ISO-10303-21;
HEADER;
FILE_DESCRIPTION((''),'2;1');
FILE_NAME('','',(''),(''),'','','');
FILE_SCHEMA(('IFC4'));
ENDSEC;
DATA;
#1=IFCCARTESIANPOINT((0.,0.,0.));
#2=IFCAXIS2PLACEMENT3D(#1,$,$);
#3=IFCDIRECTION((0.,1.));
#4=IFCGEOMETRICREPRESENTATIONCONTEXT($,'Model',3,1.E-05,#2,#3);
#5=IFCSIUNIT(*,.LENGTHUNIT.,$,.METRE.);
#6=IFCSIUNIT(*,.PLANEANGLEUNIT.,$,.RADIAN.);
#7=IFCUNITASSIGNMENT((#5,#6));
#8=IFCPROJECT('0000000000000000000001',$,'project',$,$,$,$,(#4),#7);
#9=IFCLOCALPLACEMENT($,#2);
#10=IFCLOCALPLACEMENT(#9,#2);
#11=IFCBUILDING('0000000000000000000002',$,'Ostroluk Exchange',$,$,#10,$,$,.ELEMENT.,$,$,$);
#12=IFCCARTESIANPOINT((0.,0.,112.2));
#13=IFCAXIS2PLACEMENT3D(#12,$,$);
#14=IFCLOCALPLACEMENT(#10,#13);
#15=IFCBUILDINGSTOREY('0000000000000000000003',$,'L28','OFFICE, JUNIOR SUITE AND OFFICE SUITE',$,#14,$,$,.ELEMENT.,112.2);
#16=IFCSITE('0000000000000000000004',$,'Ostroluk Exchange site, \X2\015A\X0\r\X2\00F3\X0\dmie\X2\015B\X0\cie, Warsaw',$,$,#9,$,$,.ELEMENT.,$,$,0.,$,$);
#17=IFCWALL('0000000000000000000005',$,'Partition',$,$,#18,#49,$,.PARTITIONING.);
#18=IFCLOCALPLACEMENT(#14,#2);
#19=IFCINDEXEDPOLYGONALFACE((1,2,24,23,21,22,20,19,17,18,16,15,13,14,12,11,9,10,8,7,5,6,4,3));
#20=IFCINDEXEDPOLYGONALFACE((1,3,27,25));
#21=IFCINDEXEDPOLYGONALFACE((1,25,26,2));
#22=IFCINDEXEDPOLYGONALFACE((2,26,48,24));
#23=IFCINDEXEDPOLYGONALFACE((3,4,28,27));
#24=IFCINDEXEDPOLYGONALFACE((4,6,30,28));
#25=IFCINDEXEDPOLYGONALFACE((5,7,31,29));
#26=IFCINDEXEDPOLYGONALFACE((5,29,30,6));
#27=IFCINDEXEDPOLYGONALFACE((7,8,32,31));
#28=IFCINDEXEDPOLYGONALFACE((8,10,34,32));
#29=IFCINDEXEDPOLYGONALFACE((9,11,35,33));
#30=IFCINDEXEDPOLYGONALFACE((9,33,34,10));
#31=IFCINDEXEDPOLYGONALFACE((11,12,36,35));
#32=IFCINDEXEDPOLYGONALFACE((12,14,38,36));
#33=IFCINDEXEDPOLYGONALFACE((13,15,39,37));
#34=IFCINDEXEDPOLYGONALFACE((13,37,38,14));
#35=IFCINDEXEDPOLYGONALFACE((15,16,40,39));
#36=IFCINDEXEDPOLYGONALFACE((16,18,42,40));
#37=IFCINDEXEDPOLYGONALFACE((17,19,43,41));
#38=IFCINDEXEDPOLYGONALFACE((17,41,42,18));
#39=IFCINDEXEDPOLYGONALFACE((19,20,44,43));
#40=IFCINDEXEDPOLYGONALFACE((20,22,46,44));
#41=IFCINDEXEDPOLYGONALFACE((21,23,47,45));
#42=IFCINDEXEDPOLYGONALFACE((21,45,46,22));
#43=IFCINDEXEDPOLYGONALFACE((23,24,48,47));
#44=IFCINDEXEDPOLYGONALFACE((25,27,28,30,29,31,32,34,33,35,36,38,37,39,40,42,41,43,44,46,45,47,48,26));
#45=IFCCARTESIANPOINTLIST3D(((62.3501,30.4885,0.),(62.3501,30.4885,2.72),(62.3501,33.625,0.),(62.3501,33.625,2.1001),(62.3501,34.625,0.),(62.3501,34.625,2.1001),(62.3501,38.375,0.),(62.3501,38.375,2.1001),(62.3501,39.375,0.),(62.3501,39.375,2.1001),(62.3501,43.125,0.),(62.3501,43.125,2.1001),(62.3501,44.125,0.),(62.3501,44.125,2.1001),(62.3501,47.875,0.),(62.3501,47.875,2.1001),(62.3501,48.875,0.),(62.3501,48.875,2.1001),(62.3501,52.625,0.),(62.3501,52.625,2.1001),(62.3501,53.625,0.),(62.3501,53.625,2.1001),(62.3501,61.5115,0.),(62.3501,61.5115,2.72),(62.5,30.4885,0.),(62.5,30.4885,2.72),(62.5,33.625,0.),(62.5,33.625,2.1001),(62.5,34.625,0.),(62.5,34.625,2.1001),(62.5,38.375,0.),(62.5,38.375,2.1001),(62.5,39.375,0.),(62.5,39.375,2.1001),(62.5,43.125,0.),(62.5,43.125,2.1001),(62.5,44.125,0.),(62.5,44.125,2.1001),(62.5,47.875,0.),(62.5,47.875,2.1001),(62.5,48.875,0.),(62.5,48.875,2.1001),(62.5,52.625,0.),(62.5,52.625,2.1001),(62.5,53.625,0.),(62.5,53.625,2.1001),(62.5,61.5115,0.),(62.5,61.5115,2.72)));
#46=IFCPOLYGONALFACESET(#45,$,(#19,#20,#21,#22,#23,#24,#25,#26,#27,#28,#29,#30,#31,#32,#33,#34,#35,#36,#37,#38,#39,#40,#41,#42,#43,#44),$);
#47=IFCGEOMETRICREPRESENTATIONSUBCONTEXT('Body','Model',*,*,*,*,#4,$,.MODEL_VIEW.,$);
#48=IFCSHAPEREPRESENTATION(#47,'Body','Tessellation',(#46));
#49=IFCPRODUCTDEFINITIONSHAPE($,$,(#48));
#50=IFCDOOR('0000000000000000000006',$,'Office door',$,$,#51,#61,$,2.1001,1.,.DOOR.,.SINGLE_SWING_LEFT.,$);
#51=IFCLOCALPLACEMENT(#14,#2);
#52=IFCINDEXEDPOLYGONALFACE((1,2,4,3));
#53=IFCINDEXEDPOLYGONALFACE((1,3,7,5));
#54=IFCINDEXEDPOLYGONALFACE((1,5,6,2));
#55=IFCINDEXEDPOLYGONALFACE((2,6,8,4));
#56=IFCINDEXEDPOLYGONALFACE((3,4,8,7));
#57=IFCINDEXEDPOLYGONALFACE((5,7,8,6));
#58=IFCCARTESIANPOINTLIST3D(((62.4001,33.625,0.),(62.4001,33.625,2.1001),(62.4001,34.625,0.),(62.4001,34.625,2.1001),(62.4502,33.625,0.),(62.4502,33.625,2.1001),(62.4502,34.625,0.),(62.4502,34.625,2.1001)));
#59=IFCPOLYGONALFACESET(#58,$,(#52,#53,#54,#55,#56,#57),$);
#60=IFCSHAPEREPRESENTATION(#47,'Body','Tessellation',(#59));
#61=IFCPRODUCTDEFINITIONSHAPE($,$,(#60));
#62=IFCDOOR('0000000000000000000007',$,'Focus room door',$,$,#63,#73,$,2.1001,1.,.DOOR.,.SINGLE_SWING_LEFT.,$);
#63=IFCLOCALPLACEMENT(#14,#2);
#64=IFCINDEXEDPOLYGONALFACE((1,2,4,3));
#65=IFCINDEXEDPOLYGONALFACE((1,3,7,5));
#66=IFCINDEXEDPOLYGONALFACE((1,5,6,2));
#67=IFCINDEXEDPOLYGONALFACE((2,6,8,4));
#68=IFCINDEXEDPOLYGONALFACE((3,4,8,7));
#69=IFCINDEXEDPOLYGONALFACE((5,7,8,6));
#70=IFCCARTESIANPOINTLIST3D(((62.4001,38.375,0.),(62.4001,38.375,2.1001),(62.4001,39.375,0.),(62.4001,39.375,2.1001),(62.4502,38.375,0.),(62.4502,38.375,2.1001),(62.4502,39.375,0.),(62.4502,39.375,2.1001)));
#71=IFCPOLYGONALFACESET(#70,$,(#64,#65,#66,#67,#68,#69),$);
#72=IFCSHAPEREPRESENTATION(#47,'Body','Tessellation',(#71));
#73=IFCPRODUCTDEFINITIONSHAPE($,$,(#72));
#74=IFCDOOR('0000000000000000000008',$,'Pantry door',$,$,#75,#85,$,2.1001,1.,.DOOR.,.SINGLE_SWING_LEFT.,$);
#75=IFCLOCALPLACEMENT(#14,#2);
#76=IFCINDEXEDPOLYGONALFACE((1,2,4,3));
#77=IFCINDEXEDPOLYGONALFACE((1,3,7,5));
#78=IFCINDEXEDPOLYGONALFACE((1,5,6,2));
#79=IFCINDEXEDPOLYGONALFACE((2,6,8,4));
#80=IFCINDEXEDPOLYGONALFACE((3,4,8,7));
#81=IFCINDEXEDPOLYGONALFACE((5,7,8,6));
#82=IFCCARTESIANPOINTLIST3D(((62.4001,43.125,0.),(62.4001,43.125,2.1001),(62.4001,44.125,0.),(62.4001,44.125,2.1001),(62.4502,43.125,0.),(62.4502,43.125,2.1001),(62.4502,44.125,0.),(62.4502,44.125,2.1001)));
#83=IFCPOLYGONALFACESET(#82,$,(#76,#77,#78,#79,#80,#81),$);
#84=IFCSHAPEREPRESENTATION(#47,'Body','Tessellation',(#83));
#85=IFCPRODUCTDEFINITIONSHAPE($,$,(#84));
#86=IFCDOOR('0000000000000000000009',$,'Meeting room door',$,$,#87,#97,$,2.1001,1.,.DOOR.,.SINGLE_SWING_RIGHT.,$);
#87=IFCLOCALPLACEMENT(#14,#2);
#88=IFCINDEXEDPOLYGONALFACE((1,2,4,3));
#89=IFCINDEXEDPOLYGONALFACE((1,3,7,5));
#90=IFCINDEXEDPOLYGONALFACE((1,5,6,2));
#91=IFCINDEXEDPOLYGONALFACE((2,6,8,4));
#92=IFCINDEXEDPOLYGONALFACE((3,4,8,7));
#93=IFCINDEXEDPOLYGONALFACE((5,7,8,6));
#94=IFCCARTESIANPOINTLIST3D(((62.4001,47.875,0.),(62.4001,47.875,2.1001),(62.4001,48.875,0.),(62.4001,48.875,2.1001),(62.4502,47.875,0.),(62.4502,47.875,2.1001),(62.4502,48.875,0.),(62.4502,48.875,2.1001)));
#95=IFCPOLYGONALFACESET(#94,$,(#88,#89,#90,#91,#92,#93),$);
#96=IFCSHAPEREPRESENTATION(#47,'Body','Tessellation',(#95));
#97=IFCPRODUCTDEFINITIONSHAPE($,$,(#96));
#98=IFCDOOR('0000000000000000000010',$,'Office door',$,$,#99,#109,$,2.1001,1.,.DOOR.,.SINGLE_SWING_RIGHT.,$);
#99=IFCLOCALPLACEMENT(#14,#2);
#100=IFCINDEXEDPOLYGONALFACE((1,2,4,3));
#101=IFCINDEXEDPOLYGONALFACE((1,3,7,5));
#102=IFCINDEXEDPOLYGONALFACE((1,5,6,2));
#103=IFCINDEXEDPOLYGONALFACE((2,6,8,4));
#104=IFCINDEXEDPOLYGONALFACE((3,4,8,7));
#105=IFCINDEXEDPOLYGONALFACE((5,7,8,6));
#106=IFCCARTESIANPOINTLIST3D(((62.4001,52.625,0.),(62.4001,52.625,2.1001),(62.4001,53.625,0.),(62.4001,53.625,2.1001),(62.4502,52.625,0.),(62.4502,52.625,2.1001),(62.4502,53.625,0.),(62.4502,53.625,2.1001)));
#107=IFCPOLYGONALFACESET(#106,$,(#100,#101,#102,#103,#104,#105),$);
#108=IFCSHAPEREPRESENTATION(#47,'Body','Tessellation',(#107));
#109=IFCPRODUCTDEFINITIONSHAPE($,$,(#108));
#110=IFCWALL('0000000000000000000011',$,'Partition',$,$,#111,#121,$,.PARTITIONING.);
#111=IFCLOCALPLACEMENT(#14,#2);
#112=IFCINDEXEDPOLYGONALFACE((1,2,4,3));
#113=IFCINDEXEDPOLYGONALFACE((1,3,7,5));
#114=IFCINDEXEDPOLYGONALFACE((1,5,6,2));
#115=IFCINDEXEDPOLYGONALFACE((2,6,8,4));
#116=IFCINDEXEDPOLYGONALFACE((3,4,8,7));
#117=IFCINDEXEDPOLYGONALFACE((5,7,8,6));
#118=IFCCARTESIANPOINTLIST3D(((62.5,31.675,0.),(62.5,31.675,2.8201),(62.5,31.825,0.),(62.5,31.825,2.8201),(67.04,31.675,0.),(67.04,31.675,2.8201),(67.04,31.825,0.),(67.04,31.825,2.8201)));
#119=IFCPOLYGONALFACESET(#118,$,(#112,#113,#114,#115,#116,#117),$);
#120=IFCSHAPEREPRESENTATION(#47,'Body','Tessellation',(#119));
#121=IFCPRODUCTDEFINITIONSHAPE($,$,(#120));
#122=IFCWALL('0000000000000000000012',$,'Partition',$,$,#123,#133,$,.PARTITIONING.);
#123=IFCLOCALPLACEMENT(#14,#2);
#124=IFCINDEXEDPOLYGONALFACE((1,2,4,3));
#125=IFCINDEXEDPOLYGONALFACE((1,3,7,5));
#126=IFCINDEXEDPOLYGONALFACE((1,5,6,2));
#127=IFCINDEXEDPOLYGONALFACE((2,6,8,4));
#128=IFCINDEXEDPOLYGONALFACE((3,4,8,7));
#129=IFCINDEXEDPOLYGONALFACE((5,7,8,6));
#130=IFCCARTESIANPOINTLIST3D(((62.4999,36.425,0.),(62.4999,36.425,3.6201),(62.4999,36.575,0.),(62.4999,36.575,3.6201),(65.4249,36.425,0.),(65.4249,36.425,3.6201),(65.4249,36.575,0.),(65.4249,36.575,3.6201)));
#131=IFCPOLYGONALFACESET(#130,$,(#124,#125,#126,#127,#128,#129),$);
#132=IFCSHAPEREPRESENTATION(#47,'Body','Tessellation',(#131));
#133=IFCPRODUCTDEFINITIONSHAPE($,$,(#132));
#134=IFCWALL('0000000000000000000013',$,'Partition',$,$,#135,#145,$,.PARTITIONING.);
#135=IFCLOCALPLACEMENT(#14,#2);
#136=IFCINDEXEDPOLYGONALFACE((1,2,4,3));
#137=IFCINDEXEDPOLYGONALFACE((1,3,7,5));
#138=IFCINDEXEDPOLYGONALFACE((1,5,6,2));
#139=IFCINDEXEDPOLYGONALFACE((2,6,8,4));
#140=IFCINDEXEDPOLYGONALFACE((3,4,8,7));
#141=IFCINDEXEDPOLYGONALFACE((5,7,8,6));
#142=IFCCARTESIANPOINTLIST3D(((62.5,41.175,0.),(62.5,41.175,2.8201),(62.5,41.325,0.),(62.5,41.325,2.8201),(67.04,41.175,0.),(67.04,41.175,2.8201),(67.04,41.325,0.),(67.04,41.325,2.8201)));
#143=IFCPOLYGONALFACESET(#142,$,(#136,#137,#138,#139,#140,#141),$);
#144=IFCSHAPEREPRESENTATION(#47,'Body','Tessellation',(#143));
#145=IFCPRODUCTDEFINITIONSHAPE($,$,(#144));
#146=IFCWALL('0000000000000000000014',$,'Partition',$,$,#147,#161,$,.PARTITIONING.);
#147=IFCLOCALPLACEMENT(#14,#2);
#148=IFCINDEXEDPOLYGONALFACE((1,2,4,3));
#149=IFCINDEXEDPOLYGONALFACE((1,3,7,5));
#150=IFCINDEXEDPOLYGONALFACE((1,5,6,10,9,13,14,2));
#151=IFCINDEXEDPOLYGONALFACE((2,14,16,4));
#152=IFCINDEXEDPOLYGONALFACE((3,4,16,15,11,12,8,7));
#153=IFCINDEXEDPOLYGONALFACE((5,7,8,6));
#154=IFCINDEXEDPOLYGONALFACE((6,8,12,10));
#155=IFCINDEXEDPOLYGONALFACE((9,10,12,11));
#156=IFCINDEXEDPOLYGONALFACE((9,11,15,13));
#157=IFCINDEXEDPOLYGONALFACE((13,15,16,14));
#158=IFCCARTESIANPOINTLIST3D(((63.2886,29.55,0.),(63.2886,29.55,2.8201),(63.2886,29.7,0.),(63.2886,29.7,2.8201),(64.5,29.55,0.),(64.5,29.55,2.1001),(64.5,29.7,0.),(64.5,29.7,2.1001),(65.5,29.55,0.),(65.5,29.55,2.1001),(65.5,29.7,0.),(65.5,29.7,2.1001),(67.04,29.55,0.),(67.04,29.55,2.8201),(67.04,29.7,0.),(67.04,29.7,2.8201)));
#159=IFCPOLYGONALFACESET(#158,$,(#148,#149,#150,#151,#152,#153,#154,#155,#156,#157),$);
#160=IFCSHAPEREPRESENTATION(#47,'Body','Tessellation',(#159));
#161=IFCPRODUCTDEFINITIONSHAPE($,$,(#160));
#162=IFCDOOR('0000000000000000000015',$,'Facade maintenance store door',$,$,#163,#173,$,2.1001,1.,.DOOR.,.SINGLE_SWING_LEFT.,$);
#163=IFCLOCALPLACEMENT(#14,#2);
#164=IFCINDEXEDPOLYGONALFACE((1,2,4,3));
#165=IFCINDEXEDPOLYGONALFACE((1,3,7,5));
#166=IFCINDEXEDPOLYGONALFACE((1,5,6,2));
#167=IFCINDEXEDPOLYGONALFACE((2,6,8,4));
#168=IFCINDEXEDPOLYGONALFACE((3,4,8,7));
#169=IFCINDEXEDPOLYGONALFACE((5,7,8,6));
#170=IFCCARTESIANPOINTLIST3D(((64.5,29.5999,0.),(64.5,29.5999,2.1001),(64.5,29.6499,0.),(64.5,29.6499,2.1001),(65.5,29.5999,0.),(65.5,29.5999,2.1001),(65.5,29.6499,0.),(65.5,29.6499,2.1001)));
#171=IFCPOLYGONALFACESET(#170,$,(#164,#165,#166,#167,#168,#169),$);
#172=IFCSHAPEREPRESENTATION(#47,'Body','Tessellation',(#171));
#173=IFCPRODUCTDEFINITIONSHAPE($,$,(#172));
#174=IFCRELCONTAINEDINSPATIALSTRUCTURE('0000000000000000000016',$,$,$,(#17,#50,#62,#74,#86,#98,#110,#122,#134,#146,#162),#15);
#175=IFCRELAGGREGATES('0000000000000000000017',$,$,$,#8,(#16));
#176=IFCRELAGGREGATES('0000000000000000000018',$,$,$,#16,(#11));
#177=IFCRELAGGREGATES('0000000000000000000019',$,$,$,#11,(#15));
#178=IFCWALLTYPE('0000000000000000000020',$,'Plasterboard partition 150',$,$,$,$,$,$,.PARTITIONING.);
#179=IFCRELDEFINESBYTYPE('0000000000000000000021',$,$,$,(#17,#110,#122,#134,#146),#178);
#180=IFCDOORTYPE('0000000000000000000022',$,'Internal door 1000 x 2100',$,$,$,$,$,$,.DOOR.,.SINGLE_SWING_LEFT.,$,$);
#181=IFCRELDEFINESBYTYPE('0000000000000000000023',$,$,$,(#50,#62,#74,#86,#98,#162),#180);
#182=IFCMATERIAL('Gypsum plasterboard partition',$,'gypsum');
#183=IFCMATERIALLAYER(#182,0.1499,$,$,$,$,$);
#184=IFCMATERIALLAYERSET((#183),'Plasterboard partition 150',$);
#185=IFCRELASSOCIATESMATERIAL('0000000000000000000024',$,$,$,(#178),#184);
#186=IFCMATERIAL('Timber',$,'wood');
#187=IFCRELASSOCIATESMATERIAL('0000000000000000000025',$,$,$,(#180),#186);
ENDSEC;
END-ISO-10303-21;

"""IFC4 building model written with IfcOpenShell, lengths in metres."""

from ifc_helpers import new_model, si_unit, direction, frame, frame_2d, origin, place, context, subcontext, project, spatial, rectangle, extrude, material, layer, layer_set, type_object, element, fill, save


model = new_model("IFC4")

# Units and contexts
model_context = context("Model", 3, precision=1e-05, world=origin(), true_north=direction((0.0, 1.0)))
body_context = subcontext(model_context, "Body", "Model", "MODEL_VIEW")
ifc_project = project(units=[si_unit("LENGTHUNIT", "METRE"), si_unit("PLANEANGLEUNIT", "RADIAN")], contexts=[model_context])

# Site, building, storey
site_placement = place(None, origin())
site = spatial("IfcSite", under=ifc_project, at=site_placement, Name="Ostroluk Exchange site, Śródmieście, Warsaw", CompositionType="ELEMENT", RefElevation=0.0)
building_placement = place(site_placement, origin())
building = spatial("IfcBuilding", under=site, at=building_placement, Name="Ostroluk Exchange", CompositionType="ELEMENT")
storey_placement = place(building_placement, frame((0.0, 0.0, 112.2)))
storey = spatial("IfcBuildingStorey", under=building, at=storey_placement, Name="L28", Description="OFFICE, JUNIOR SUITE AND OFFICE SUITE", CompositionType="ELEMENT", Elevation=112.2)

# Shared definitions
ifc_material_1 = material(Name="Gypsum plasterboard partition", Category="gypsum")
ifc_layer_1 = layer(ifc_material_1, 0.1499)
ifc_layer_set_1 = layer_set([ifc_layer_1], Name="Plasterboard partition 150")
wall_type_1 = type_object("IfcWallType", Name="Plasterboard partition 150", PredefinedType="PARTITIONING", material=ifc_layer_set_1)
ifc_material_2 = material(Name="Timber", Category="wood")
door_type_1 = type_object("IfcDoorType", Name="Internal door 1000 x 2100", OperationType="SINGLE_SWING_LEFT", PredefinedType="DOOR", material=ifc_material_2)

# Wall, openings, doors
wall_1_placement = place(storey_placement, frame((62.425, 30.4885, 0.0), z_axis=(0.0, 0.0, 1.0), x_axis=(0.0, 1.0, 0.0)))
wall_1 = element("IfcWall", 1, at=wall_1_placement, inside=storey, type_object=wall_type_1, Name="Partition", PredefinedType="PARTITIONING", context=body_context, shape_type="SweptSolid", body=[
    extrude(rectangle(XDim=31.0229, YDim=0.1499, at=frame_2d((15.5115, 0.0))), origin(), (0.0, 0.0, 1.0), 2.72),
])
opening_1_placement = place(wall_1_placement, frame((3.1365, 0.0, 0.0)))
opening_1 = element("IfcOpeningElement", 2, at=opening_1_placement, cuts=wall_1, PredefinedType="OPENING", context=body_context, shape_type="SweptSolid", body=[
    extrude(rectangle(XDim=1.0, YDim=2.1001, at=frame_2d((0.5, 1.05))), frame((0.0, 0.085, 0.0), z_axis=(0.0, -1.0, 0.0), x_axis=(1.0, 0.0, 0.0)), (0.0, 0.0, 1.0), 0.1699),
])
opening_2_placement = place(wall_1_placement, frame((7.8865, 0.0, 0.0)))
opening_2 = element("IfcOpeningElement", 3, at=opening_2_placement, cuts=wall_1, PredefinedType="OPENING", context=body_context, shape_type="SweptSolid", body=[
    extrude(rectangle(XDim=1.0, YDim=2.1001, at=frame_2d((0.5, 1.05))), frame((0.0, 0.085, 0.0), z_axis=(0.0, -1.0, 0.0), x_axis=(1.0, 0.0, 0.0)), (0.0, 0.0, 1.0), 0.1699),
])
opening_3_placement = place(wall_1_placement, frame((12.6365, 0.0, 0.0)))
opening_3 = element("IfcOpeningElement", 4, at=opening_3_placement, cuts=wall_1, PredefinedType="OPENING", context=body_context, shape_type="SweptSolid", body=[
    extrude(rectangle(XDim=1.0, YDim=2.1001, at=frame_2d((0.5, 1.05))), frame((0.0, 0.085, 0.0), z_axis=(0.0, -1.0, 0.0), x_axis=(1.0, 0.0, 0.0)), (0.0, 0.0, 1.0), 0.1699),
])
opening_4_placement = place(wall_1_placement, frame((17.3865, 0.0, 0.0)))
opening_4 = element("IfcOpeningElement", 5, at=opening_4_placement, cuts=wall_1, PredefinedType="OPENING", context=body_context, shape_type="SweptSolid", body=[
    extrude(rectangle(XDim=1.0, YDim=2.1001, at=frame_2d((0.5, 1.05))), frame((0.0, 0.085, 0.0), z_axis=(0.0, -1.0, 0.0), x_axis=(1.0, 0.0, 0.0)), (0.0, 0.0, 1.0), 0.1699),
])
opening_5_placement = place(wall_1_placement, frame((22.1365, 0.0, 0.0)))
opening_5 = element("IfcOpeningElement", 6, at=opening_5_placement, cuts=wall_1, PredefinedType="OPENING", context=body_context, shape_type="SweptSolid", body=[
    extrude(rectangle(XDim=1.0, YDim=2.1001, at=frame_2d((0.5, 1.05))), frame((0.0, 0.085, 0.0), z_axis=(0.0, -1.0, 0.0), x_axis=(1.0, 0.0, 0.0)), (0.0, 0.0, 1.0), 0.1699),
])
door_1_placement = place(opening_1_placement, origin())
door_1 = element("IfcDoor", 7, at=door_1_placement, inside=storey, type_object=door_type_1, Name="Office door", OperationType="SINGLE_SWING_LEFT", OverallHeight=2.1001, OverallWidth=1.0, PredefinedType="DOOR", context=body_context, shape_type="SweptSolid", body=[
    extrude(rectangle(XDim=1.0, YDim=2.1001, at=frame_2d((0.5, 1.05))), frame((0.0, 0.0249, 0.0), z_axis=(0.0, -1.0, 0.0), x_axis=(1.0, 0.0, 0.0)), (0.0, 0.0, 1.0), 0.05),
])
fill(opening_1, door_1)
door_2_placement = place(opening_2_placement, origin())
door_2 = element("IfcDoor", 8, at=door_2_placement, inside=storey, type_object=door_type_1, Name="Focus room door", OperationType="SINGLE_SWING_LEFT", OverallHeight=2.1001, OverallWidth=1.0, PredefinedType="DOOR", context=body_context, shape_type="SweptSolid", body=[
    extrude(rectangle(XDim=1.0, YDim=2.1001, at=frame_2d((0.5, 1.05))), frame((0.0, 0.0249, 0.0), z_axis=(0.0, -1.0, 0.0), x_axis=(1.0, 0.0, 0.0)), (0.0, 0.0, 1.0), 0.05),
])
fill(opening_2, door_2)
door_3_placement = place(opening_3_placement, origin())
door_3 = element("IfcDoor", 9, at=door_3_placement, inside=storey, type_object=door_type_1, Name="Pantry door", OperationType="SINGLE_SWING_LEFT", OverallHeight=2.1001, OverallWidth=1.0, PredefinedType="DOOR", context=body_context, shape_type="SweptSolid", body=[
    extrude(rectangle(XDim=1.0, YDim=2.1001, at=frame_2d((0.5, 1.05))), frame((0.0, 0.0249, 0.0), z_axis=(0.0, -1.0, 0.0), x_axis=(1.0, 0.0, 0.0)), (0.0, 0.0, 1.0), 0.05),
])
fill(opening_3, door_3)
door_4_placement = place(opening_4_placement, origin())
door_4 = element("IfcDoor", 10, at=door_4_placement, inside=storey, type_object=door_type_1, Name="Meeting room door", OperationType="SINGLE_SWING_RIGHT", OverallHeight=2.1001, OverallWidth=1.0, PredefinedType="DOOR", context=body_context, shape_type="SweptSolid", body=[
    extrude(rectangle(XDim=1.0, YDim=2.1001, at=frame_2d((0.5, 1.05))), frame((0.0, 0.0249, 0.0), z_axis=(0.0, -1.0, 0.0), x_axis=(1.0, 0.0, 0.0)), (0.0, 0.0, 1.0), 0.05),
])
fill(opening_4, door_4)
door_5_placement = place(opening_5_placement, origin())
door_5 = element("IfcDoor", 11, at=door_5_placement, inside=storey, type_object=door_type_1, Name="Office door", OperationType="SINGLE_SWING_RIGHT", OverallHeight=2.1001, OverallWidth=1.0, PredefinedType="DOOR", context=body_context, shape_type="SweptSolid", body=[
    extrude(rectangle(XDim=1.0, YDim=2.1001, at=frame_2d((0.5, 1.05))), frame((0.0, 0.0249, 0.0), z_axis=(0.0, -1.0, 0.0), x_axis=(1.0, 0.0, 0.0)), (0.0, 0.0, 1.0), 0.05),
])
fill(opening_5, door_5)

# Walls
wall_2_placement = place(storey_placement, frame((62.5, 31.75, 0.0), z_axis=(0.0, 0.0, 1.0), x_axis=(1.0, 0.0, 0.0)))
element("IfcWall", 12, at=wall_2_placement, inside=storey, type_object=wall_type_1, Name="Partition", PredefinedType="PARTITIONING", context=body_context, shape_type="SweptSolid", body=[
    extrude(rectangle(XDim=4.54, YDim=0.1499, at=frame_2d((2.27, 0.0))), origin(), (0.0, 0.0, 1.0), 2.8201),
])
wall_3_placement = place(storey_placement, frame((62.5, 36.5, 0.0), z_axis=(0.0, 0.0, 1.0), x_axis=(1.0, 0.0, 0.0)))
element("IfcWall", 13, at=wall_3_placement, inside=storey, type_object=wall_type_1, Name="Partition", PredefinedType="PARTITIONING", context=body_context, shape_type="SweptSolid", body=[
    extrude(rectangle(XDim=2.925, YDim=0.1499, at=frame_2d((1.4624, 0.0))), origin(), (0.0, 0.0, 1.0), 3.6201),
])
wall_4_placement = place(storey_placement, frame((62.5, 41.25, 0.0), z_axis=(0.0, 0.0, 1.0), x_axis=(1.0, 0.0, 0.0)))
element("IfcWall", 14, at=wall_4_placement, inside=storey, type_object=wall_type_1, Name="Partition", PredefinedType="PARTITIONING", context=body_context, shape_type="SweptSolid", body=[
    extrude(rectangle(XDim=4.54, YDim=0.1499, at=frame_2d((2.27, 0.0))), origin(), (0.0, 0.0, 1.0), 2.8201),
])

# Wall, opening, door
wall_5_placement = place(storey_placement, frame((63.2886, 29.625, 0.0), z_axis=(0.0, 0.0, 1.0), x_axis=(1.0, 0.0, 0.0)))
wall_5 = element("IfcWall", 15, at=wall_5_placement, inside=storey, type_object=wall_type_1, Name="Partition", PredefinedType="PARTITIONING", context=body_context, shape_type="SweptSolid", body=[
    extrude(rectangle(XDim=3.7515, YDim=0.1499, at=frame_2d((1.8757, 0.0))), origin(), (0.0, 0.0, 1.0), 2.8201),
])
opening_6_placement = place(wall_5_placement, frame((1.2114, 0.0, 0.0)))
opening_6 = element("IfcOpeningElement", 16, at=opening_6_placement, cuts=wall_5, PredefinedType="OPENING", context=body_context, shape_type="SweptSolid", body=[
    extrude(rectangle(XDim=1.0, YDim=2.1001, at=frame_2d((0.5, 1.05))), frame((0.0, 0.085, 0.0), z_axis=(0.0, -1.0, 0.0), x_axis=(1.0, 0.0, 0.0)), (0.0, 0.0, 1.0), 0.1699),
])
door_6_placement = place(opening_6_placement, origin())
door_6 = element("IfcDoor", 17, at=door_6_placement, inside=storey, type_object=door_type_1, Name="Facade maintenance store door", OperationType="SINGLE_SWING_LEFT", OverallHeight=2.1001, OverallWidth=1.0, PredefinedType="DOOR", context=body_context, shape_type="SweptSolid", body=[
    extrude(rectangle(XDim=1.0, YDim=2.1001, at=frame_2d((0.5, 1.05))), frame((0.0, 0.0249, 0.0), z_axis=(0.0, -1.0, 0.0), x_axis=(1.0, 0.0, 0.0)), (0.0, 0.0, 1.0), 0.05),
])
fill(opening_6, door_6)

save(model, "model.ifc")
